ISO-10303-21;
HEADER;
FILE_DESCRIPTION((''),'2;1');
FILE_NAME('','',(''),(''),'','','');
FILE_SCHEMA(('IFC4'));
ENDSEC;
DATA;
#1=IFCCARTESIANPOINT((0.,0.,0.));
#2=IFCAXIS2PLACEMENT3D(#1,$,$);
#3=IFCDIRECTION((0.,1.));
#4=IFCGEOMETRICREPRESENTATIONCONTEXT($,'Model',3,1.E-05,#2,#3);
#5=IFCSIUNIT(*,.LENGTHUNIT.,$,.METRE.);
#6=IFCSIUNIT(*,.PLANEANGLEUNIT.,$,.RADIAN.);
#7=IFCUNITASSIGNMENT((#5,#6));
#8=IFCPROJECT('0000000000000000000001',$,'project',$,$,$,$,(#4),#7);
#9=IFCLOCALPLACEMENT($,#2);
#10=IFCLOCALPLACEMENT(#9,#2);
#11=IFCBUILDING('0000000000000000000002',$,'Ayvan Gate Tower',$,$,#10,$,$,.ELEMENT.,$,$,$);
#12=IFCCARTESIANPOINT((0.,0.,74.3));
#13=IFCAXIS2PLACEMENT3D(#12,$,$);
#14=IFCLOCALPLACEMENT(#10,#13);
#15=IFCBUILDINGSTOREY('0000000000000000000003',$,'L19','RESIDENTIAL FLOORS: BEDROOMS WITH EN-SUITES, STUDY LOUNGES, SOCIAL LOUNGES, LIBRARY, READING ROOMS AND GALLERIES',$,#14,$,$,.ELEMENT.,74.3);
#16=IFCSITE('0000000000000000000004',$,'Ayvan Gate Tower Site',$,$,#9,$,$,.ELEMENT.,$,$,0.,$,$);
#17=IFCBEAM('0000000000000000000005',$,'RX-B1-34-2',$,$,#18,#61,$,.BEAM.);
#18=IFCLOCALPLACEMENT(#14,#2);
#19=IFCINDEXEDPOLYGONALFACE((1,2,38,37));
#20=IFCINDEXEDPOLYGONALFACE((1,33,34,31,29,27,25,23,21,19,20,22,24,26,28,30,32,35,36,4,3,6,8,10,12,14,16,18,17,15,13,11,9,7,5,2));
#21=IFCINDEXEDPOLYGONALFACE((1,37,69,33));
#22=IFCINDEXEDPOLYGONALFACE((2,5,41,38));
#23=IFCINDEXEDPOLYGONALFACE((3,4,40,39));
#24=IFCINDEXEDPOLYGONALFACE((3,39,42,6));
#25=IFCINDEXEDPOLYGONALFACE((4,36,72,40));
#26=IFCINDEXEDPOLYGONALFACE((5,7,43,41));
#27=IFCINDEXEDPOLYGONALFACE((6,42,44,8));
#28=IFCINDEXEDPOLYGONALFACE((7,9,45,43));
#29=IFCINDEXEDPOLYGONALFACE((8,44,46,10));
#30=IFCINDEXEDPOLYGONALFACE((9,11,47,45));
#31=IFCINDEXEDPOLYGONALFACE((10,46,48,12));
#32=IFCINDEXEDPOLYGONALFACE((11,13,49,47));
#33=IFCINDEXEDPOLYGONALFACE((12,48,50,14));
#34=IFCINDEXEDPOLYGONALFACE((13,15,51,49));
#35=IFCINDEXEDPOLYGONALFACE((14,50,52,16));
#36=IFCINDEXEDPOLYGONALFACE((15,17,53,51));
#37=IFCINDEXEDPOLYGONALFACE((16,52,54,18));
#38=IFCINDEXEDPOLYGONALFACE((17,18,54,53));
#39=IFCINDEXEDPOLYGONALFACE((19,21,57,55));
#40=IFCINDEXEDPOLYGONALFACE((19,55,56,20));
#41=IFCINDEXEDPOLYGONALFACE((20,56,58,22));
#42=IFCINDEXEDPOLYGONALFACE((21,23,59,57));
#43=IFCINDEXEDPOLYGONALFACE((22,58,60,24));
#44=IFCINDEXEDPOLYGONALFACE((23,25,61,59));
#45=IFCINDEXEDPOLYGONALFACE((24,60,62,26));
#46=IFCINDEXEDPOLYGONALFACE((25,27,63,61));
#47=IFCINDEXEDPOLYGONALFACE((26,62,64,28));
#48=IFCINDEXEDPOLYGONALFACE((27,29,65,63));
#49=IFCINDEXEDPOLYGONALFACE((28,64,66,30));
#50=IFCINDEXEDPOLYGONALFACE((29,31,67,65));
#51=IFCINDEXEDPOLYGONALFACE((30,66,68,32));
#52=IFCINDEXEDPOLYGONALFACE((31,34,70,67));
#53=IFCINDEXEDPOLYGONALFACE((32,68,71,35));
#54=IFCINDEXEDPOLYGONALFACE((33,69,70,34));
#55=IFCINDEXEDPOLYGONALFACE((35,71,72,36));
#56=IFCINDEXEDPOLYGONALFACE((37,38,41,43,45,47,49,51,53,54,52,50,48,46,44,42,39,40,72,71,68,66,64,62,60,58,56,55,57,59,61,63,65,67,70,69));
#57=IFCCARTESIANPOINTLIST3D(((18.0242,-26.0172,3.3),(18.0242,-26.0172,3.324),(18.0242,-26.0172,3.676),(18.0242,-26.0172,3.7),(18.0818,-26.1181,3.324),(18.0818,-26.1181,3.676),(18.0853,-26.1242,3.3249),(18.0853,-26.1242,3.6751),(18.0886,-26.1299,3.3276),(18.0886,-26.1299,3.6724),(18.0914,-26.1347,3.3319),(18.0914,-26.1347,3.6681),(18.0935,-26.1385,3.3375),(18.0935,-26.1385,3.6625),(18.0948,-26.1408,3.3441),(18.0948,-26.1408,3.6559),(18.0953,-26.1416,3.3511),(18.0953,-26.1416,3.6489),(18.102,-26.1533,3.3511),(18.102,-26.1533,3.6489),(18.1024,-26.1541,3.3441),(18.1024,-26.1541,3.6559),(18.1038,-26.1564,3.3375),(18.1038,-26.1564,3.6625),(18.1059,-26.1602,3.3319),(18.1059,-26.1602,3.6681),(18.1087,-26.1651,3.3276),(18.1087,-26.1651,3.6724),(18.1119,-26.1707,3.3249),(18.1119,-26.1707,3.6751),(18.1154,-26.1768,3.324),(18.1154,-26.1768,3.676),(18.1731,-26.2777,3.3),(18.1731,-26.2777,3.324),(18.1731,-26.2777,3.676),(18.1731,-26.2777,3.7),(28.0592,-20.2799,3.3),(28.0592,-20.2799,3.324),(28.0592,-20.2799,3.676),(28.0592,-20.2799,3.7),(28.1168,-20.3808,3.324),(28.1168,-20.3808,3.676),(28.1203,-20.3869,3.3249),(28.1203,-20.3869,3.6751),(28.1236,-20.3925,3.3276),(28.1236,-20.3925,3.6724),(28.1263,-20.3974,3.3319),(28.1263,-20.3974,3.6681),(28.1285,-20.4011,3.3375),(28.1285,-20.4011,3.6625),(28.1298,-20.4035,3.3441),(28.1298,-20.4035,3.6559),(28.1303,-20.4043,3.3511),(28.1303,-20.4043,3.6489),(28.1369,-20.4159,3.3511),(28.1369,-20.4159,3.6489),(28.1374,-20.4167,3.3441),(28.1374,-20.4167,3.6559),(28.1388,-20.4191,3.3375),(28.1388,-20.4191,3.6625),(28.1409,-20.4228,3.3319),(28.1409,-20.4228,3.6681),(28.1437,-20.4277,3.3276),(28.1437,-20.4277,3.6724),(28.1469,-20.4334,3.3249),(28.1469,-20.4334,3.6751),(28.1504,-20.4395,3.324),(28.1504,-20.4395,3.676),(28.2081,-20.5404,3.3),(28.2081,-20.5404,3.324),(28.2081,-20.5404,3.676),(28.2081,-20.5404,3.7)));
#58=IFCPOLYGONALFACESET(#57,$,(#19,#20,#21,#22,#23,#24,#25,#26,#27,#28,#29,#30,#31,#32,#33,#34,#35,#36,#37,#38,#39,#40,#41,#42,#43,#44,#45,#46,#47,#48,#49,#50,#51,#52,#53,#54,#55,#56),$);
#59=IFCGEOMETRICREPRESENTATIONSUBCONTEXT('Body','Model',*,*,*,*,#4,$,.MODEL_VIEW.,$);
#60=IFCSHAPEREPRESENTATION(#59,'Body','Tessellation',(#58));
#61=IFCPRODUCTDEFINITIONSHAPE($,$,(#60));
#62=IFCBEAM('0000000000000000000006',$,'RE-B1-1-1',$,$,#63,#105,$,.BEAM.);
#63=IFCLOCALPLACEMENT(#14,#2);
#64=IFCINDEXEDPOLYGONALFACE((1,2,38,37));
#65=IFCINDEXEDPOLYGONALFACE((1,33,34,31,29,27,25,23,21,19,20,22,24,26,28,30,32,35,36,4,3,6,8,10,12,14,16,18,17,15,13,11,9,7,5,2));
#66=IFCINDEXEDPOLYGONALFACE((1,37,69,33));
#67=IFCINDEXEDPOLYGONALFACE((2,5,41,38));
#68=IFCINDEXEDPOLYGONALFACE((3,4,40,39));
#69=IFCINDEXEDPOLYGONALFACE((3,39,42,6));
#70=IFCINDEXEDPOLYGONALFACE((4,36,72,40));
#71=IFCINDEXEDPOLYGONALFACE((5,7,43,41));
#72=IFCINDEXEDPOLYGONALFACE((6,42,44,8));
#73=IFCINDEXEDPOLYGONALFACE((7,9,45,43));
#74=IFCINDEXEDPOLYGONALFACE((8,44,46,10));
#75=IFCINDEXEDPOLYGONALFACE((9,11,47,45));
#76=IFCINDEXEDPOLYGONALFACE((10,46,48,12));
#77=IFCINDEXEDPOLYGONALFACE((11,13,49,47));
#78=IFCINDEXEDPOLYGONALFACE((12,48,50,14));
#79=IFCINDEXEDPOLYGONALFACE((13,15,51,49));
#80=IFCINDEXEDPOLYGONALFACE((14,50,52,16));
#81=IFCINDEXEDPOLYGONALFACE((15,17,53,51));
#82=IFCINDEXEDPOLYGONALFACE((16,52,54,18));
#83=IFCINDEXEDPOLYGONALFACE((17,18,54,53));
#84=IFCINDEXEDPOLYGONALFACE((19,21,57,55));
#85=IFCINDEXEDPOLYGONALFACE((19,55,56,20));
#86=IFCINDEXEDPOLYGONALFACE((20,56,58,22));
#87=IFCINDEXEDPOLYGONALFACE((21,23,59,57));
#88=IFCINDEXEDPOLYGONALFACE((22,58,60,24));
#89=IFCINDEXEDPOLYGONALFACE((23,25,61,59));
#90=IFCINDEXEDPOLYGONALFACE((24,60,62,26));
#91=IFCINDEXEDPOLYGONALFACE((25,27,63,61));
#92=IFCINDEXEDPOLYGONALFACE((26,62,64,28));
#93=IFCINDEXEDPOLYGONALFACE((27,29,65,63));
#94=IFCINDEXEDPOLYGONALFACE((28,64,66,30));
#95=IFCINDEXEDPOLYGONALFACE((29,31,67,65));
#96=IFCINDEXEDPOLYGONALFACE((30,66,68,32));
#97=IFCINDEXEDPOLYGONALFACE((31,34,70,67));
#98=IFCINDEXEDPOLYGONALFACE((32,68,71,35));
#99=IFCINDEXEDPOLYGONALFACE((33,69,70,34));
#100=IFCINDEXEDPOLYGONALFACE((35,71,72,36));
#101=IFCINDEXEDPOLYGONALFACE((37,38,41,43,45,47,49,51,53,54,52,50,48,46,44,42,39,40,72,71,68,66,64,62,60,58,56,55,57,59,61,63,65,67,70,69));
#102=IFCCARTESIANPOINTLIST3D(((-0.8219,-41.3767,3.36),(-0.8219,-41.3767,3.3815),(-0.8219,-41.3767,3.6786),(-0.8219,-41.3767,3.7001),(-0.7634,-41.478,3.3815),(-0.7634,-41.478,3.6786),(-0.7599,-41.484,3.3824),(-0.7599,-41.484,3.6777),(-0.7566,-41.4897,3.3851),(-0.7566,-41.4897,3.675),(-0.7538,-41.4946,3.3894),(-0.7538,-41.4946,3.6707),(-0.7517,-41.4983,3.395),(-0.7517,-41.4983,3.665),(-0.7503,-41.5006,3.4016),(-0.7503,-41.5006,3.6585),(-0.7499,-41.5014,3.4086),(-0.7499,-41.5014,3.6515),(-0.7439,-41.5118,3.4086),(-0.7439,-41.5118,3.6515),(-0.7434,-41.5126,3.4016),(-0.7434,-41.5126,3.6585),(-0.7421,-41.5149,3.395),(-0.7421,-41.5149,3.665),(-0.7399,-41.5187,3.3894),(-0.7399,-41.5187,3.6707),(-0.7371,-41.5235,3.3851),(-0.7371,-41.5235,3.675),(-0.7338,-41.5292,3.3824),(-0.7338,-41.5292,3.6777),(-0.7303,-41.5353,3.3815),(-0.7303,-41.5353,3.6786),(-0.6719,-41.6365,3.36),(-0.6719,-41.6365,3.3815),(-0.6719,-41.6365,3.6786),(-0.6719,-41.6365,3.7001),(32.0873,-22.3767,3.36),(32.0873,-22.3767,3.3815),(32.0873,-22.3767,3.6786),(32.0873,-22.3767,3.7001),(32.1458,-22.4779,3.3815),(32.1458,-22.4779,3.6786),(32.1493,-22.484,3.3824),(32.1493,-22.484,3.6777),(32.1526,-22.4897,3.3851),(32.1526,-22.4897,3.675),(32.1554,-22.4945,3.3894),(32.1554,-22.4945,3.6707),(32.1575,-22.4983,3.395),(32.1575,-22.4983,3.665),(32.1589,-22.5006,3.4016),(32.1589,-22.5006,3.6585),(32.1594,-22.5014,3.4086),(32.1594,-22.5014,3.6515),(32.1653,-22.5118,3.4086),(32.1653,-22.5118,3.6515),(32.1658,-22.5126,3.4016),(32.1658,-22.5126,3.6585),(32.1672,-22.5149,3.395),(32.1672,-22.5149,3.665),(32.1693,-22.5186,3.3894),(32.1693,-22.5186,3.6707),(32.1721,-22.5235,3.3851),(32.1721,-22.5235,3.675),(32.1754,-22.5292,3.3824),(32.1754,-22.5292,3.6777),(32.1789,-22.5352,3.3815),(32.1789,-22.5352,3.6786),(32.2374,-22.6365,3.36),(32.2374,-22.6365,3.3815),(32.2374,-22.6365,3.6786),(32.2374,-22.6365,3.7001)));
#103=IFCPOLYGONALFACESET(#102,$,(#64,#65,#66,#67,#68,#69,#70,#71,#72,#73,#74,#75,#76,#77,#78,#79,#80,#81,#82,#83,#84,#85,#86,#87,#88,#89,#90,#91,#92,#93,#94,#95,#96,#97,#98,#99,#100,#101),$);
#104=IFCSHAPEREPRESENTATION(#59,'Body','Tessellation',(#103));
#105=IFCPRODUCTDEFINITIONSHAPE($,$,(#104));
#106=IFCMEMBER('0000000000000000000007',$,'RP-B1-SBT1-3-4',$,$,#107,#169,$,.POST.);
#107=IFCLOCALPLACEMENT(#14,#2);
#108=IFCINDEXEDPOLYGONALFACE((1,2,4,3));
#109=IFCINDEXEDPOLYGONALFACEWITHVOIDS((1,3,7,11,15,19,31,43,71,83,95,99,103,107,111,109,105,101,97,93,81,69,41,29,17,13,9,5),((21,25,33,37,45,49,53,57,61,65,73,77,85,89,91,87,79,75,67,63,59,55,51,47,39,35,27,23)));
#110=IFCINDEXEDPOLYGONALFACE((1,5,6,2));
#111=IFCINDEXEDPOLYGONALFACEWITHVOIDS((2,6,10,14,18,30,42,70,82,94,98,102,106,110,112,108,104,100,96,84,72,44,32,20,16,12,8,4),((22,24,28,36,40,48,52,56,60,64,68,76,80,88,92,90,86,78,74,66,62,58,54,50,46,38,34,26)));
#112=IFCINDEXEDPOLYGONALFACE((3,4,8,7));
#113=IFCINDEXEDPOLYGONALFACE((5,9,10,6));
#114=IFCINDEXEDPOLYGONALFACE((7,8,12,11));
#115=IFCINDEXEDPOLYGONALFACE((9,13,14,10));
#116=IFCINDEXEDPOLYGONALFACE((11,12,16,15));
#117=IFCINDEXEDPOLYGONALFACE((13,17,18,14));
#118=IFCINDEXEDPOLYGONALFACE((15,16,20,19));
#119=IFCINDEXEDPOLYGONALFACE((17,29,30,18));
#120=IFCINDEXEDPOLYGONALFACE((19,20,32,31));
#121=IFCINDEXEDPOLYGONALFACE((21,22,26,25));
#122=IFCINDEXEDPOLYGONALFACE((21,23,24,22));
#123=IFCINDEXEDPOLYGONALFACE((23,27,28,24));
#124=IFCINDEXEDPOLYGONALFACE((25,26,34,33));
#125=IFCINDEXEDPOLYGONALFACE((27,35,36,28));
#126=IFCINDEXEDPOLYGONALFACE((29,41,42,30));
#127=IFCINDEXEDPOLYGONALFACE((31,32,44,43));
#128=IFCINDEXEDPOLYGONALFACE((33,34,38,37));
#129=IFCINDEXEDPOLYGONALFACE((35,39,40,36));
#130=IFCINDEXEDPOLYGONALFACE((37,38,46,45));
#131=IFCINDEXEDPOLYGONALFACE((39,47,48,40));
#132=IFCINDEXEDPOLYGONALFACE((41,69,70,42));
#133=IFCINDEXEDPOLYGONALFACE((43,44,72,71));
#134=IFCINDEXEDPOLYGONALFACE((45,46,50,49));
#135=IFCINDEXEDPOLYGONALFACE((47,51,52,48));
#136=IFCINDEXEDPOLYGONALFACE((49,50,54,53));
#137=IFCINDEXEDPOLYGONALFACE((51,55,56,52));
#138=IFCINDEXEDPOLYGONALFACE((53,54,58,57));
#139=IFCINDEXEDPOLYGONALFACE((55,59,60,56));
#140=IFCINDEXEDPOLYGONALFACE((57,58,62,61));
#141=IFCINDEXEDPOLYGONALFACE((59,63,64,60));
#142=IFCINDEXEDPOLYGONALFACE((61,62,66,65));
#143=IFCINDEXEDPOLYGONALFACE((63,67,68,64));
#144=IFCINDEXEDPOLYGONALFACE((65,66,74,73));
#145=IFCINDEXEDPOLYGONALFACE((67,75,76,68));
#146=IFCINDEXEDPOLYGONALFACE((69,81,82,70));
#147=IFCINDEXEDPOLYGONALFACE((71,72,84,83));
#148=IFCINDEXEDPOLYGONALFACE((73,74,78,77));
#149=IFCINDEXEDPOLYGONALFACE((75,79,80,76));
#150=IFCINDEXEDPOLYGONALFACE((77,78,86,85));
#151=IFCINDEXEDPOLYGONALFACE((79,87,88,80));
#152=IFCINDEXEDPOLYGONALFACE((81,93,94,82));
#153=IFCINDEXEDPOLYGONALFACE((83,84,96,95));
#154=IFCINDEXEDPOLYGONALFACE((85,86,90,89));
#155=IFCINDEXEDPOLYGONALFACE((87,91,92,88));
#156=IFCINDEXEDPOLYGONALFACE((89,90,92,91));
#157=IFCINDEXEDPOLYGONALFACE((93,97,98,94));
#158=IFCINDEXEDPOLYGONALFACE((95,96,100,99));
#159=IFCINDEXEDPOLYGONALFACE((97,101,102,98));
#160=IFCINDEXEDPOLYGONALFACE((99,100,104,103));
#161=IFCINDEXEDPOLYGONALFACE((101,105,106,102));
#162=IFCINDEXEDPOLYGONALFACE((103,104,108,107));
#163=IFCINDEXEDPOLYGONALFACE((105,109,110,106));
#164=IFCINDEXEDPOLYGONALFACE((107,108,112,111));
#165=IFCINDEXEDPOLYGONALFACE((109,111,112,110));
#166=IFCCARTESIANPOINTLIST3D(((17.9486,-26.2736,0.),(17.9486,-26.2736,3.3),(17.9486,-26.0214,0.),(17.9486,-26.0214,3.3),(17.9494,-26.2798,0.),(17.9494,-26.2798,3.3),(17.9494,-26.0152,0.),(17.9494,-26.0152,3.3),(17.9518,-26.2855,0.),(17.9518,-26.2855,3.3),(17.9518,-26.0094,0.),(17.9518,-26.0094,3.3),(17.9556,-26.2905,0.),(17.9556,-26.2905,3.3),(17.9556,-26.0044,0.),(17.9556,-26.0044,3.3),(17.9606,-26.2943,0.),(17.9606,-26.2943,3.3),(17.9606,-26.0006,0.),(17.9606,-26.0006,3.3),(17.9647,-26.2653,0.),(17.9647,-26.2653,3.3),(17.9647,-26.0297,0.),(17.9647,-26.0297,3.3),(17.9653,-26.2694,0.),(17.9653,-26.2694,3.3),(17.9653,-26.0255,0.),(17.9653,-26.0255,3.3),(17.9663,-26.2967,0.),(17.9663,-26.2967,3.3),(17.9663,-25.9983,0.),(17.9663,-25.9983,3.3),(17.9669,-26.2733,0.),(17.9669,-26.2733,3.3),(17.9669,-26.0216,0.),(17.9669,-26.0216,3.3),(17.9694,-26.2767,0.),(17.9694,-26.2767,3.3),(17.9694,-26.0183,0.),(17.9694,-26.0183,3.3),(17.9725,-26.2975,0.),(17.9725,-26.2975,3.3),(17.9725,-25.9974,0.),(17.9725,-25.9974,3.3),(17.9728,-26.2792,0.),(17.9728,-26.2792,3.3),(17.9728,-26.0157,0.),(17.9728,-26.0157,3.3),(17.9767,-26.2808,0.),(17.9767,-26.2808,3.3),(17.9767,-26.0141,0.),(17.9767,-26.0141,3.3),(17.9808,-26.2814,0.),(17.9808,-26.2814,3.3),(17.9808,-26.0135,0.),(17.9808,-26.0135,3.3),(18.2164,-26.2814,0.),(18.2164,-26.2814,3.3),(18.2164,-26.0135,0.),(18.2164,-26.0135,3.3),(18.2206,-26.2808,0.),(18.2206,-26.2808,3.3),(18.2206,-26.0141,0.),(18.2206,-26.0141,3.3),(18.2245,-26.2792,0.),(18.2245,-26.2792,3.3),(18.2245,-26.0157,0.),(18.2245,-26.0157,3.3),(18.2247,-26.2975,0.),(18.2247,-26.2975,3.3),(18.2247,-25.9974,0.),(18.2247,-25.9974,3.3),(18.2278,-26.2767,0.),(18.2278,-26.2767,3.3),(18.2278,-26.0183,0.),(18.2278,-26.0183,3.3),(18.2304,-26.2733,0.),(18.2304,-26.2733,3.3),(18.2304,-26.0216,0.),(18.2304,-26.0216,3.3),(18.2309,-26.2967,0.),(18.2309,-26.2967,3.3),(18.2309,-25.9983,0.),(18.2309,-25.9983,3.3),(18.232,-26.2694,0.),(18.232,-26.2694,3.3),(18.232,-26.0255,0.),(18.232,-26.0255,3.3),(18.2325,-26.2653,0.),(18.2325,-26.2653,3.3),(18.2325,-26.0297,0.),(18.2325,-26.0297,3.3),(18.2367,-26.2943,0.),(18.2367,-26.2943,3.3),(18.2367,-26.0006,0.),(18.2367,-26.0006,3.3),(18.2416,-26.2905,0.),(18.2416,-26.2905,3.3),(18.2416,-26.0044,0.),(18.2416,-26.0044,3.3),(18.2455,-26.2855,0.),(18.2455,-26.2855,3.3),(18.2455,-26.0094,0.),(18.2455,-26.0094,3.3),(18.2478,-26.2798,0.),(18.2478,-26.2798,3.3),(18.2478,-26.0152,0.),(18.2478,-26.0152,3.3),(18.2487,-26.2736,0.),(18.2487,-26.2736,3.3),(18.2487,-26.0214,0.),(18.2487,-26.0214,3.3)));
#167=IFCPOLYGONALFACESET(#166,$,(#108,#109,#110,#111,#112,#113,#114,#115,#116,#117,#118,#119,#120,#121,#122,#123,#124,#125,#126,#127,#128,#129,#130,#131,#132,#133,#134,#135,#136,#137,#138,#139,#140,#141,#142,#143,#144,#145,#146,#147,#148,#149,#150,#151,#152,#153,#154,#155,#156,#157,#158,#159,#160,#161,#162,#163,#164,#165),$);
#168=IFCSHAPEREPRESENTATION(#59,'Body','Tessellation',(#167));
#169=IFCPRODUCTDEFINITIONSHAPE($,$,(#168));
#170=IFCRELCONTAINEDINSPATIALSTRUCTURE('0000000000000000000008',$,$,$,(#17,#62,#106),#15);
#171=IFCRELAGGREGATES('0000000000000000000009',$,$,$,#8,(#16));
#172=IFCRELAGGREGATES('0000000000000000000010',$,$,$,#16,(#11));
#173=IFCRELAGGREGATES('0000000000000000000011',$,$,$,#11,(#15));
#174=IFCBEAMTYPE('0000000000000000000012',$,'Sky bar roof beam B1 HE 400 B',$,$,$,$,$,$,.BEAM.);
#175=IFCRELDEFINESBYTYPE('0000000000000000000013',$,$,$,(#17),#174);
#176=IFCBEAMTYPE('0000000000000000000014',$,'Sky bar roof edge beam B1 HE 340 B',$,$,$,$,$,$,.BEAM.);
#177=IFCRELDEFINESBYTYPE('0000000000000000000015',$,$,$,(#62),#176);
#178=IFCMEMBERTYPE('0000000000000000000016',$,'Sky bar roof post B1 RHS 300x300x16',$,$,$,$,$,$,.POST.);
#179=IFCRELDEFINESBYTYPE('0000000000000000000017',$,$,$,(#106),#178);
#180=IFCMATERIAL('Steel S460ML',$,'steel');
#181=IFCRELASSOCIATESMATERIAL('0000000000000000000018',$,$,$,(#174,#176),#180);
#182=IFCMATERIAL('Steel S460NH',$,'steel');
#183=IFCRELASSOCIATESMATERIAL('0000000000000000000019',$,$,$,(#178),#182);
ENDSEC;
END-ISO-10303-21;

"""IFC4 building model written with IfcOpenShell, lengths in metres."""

from ifc_helpers import new_model, si_unit, direction, frame, origin, origin_2d, place, context, subcontext, project, spatial, hollow_rectangle, i_section, extrude, material, material_profile, profile_set, type_object, element, save


model = new_model("IFC4")

# Units and contexts
model_context = context("Model", 3, precision=1e-05, world=origin(), true_north=direction((0.0, 1.0)))
body_context = subcontext(model_context, "Body", "Model", "MODEL_VIEW")
ifc_project = project(units=[si_unit("LENGTHUNIT", "METRE"), si_unit("PLANEANGLEUNIT", "RADIAN")], contexts=[model_context])

# Site, building, storey
site_placement = place(None, origin())
site = spatial("IfcSite", under=ifc_project, at=site_placement, Name="Ayvan Gate Tower Site", CompositionType="ELEMENT", RefElevation=0.0)
building_placement = place(site_placement, origin())
building = spatial("IfcBuilding", under=site, at=building_placement, Name="Ayvan Gate Tower", CompositionType="ELEMENT")
storey_placement = place(building_placement, frame((0.0, 0.0, 74.3)))
storey = spatial("IfcBuildingStorey", under=building, at=storey_placement, Name="L19", Description="RESIDENTIAL FLOORS: BEDROOMS WITH EN-SUITES, STUDY LOUNGES, SOCIAL LOUNGES, LIBRARY, READING ROOMS AND GALLERIES", CompositionType="ELEMENT", Elevation=74.3)

# Beams
ifc_material_1 = material(Name="Steel S460ML", Category="steel")
ifc_material_profile_1 = material_profile(ifc_material_1, i_section(OverallWidth=0.3, OverallDepth=0.3999, WebThickness=0.0134, FlangeThickness=0.0239, FilletRadius=0.0271, at=origin_2d()), Name="HE 400 B")
ifc_profile_set_1 = profile_set([ifc_material_profile_1], Name="Steel S460ML")
beam_type_1 = type_object("IfcBeamType", Name="Sky bar roof beam B1 HE 400 B", PredefinedType="BEAM", material=ifc_profile_set_1)
beam_1_placement = place(storey_placement, frame((18.0986, -26.1475, 3.5), z_axis=(0.868129, 0.496339, 0.0), x_axis=(-0.496339, 0.868129, 0.0)))
element("IfcBeam", 1, at=beam_1_placement, inside=storey, type_object=beam_type_1, Name="RX-B1-34-2", PredefinedType="BEAM", context=body_context, shape_type="SweptSolid", body=[
    extrude(i_section(OverallWidth=0.3, OverallDepth=0.3999, WebThickness=0.0134, FlangeThickness=0.0239, FilletRadius=0.0271, at=origin_2d()), origin(), (0.0, 0.0, 1.0), 11.5593),
])
ifc_material_profile_2 = material_profile(ifc_material_1, i_section(OverallWidth=0.3, OverallDepth=0.3401, WebThickness=0.012, FlangeThickness=0.0215, FilletRadius=0.0271, at=origin_2d()), Name="HE 340 B")
ifc_profile_set_2 = profile_set([ifc_material_profile_2], Name="Steel S460ML")
beam_type_2 = type_object("IfcBeamType", Name="Sky bar roof edge beam B1 HE 340 B", PredefinedType="BEAM", material=ifc_profile_set_2)
beam_2_placement = place(storey_placement, frame((32.1624, -22.5066, 3.53), z_axis=(-0.866027, -0.499998, 0.0), x_axis=(0.499998, -0.866027, 0.0)))
element("IfcBeam", 2, at=beam_2_placement, inside=storey, type_object=beam_type_2, Name="RE-B1-1-1", PredefinedType="BEAM", context=body_context, shape_type="SweptSolid", body=[
    extrude(i_section(OverallWidth=0.3, OverallDepth=0.3401, WebThickness=0.012, FlangeThickness=0.0215, FilletRadius=0.0271, at=origin_2d()), origin(), (0.0, 0.0, 1.0), 38.0002),
])

# Member
ifc_material_2 = material(Name="Steel S460NH", Category="steel")
ifc_material_profile_3 = material_profile(ifc_material_2, hollow_rectangle(XDim=0.3, YDim=0.3, WallThickness=0.0161, InnerFilletRadius=0.0161, OuterFilletRadius=0.0239, at=origin_2d()), Name="RHS 300x300x16")
ifc_profile_set_3 = profile_set([ifc_material_profile_3], Name="Steel S460NH")
member_type_1 = type_object("IfcMemberType", Name="Sky bar roof post B1 RHS 300x300x16", PredefinedType="POST", material=ifc_profile_set_3)
for number, where, z_axis, x_axis, name in (
    (3, (18.0986, -26.1475, 0.0), (0.0, 0.0, 1.0), (1.0, 0.0, 0.0), "RP-B1-SBT1-3-4"),
):
    element("IfcMember", number, at=place(storey_placement, frame(where, z_axis=z_axis, x_axis=x_axis)), inside=storey, type_object=member_type_1, Name=name, PredefinedType="POST", context=body_context, shape_type="SweptSolid", body=[
        extrude(hollow_rectangle(XDim=0.3, YDim=0.3, WallThickness=0.0161, InnerFilletRadius=0.0161, OuterFilletRadius=0.0239, at=origin_2d()), origin(), (0.0, 0.0, 1.0), 3.3),
    ])

save(model, "model.ifc")
